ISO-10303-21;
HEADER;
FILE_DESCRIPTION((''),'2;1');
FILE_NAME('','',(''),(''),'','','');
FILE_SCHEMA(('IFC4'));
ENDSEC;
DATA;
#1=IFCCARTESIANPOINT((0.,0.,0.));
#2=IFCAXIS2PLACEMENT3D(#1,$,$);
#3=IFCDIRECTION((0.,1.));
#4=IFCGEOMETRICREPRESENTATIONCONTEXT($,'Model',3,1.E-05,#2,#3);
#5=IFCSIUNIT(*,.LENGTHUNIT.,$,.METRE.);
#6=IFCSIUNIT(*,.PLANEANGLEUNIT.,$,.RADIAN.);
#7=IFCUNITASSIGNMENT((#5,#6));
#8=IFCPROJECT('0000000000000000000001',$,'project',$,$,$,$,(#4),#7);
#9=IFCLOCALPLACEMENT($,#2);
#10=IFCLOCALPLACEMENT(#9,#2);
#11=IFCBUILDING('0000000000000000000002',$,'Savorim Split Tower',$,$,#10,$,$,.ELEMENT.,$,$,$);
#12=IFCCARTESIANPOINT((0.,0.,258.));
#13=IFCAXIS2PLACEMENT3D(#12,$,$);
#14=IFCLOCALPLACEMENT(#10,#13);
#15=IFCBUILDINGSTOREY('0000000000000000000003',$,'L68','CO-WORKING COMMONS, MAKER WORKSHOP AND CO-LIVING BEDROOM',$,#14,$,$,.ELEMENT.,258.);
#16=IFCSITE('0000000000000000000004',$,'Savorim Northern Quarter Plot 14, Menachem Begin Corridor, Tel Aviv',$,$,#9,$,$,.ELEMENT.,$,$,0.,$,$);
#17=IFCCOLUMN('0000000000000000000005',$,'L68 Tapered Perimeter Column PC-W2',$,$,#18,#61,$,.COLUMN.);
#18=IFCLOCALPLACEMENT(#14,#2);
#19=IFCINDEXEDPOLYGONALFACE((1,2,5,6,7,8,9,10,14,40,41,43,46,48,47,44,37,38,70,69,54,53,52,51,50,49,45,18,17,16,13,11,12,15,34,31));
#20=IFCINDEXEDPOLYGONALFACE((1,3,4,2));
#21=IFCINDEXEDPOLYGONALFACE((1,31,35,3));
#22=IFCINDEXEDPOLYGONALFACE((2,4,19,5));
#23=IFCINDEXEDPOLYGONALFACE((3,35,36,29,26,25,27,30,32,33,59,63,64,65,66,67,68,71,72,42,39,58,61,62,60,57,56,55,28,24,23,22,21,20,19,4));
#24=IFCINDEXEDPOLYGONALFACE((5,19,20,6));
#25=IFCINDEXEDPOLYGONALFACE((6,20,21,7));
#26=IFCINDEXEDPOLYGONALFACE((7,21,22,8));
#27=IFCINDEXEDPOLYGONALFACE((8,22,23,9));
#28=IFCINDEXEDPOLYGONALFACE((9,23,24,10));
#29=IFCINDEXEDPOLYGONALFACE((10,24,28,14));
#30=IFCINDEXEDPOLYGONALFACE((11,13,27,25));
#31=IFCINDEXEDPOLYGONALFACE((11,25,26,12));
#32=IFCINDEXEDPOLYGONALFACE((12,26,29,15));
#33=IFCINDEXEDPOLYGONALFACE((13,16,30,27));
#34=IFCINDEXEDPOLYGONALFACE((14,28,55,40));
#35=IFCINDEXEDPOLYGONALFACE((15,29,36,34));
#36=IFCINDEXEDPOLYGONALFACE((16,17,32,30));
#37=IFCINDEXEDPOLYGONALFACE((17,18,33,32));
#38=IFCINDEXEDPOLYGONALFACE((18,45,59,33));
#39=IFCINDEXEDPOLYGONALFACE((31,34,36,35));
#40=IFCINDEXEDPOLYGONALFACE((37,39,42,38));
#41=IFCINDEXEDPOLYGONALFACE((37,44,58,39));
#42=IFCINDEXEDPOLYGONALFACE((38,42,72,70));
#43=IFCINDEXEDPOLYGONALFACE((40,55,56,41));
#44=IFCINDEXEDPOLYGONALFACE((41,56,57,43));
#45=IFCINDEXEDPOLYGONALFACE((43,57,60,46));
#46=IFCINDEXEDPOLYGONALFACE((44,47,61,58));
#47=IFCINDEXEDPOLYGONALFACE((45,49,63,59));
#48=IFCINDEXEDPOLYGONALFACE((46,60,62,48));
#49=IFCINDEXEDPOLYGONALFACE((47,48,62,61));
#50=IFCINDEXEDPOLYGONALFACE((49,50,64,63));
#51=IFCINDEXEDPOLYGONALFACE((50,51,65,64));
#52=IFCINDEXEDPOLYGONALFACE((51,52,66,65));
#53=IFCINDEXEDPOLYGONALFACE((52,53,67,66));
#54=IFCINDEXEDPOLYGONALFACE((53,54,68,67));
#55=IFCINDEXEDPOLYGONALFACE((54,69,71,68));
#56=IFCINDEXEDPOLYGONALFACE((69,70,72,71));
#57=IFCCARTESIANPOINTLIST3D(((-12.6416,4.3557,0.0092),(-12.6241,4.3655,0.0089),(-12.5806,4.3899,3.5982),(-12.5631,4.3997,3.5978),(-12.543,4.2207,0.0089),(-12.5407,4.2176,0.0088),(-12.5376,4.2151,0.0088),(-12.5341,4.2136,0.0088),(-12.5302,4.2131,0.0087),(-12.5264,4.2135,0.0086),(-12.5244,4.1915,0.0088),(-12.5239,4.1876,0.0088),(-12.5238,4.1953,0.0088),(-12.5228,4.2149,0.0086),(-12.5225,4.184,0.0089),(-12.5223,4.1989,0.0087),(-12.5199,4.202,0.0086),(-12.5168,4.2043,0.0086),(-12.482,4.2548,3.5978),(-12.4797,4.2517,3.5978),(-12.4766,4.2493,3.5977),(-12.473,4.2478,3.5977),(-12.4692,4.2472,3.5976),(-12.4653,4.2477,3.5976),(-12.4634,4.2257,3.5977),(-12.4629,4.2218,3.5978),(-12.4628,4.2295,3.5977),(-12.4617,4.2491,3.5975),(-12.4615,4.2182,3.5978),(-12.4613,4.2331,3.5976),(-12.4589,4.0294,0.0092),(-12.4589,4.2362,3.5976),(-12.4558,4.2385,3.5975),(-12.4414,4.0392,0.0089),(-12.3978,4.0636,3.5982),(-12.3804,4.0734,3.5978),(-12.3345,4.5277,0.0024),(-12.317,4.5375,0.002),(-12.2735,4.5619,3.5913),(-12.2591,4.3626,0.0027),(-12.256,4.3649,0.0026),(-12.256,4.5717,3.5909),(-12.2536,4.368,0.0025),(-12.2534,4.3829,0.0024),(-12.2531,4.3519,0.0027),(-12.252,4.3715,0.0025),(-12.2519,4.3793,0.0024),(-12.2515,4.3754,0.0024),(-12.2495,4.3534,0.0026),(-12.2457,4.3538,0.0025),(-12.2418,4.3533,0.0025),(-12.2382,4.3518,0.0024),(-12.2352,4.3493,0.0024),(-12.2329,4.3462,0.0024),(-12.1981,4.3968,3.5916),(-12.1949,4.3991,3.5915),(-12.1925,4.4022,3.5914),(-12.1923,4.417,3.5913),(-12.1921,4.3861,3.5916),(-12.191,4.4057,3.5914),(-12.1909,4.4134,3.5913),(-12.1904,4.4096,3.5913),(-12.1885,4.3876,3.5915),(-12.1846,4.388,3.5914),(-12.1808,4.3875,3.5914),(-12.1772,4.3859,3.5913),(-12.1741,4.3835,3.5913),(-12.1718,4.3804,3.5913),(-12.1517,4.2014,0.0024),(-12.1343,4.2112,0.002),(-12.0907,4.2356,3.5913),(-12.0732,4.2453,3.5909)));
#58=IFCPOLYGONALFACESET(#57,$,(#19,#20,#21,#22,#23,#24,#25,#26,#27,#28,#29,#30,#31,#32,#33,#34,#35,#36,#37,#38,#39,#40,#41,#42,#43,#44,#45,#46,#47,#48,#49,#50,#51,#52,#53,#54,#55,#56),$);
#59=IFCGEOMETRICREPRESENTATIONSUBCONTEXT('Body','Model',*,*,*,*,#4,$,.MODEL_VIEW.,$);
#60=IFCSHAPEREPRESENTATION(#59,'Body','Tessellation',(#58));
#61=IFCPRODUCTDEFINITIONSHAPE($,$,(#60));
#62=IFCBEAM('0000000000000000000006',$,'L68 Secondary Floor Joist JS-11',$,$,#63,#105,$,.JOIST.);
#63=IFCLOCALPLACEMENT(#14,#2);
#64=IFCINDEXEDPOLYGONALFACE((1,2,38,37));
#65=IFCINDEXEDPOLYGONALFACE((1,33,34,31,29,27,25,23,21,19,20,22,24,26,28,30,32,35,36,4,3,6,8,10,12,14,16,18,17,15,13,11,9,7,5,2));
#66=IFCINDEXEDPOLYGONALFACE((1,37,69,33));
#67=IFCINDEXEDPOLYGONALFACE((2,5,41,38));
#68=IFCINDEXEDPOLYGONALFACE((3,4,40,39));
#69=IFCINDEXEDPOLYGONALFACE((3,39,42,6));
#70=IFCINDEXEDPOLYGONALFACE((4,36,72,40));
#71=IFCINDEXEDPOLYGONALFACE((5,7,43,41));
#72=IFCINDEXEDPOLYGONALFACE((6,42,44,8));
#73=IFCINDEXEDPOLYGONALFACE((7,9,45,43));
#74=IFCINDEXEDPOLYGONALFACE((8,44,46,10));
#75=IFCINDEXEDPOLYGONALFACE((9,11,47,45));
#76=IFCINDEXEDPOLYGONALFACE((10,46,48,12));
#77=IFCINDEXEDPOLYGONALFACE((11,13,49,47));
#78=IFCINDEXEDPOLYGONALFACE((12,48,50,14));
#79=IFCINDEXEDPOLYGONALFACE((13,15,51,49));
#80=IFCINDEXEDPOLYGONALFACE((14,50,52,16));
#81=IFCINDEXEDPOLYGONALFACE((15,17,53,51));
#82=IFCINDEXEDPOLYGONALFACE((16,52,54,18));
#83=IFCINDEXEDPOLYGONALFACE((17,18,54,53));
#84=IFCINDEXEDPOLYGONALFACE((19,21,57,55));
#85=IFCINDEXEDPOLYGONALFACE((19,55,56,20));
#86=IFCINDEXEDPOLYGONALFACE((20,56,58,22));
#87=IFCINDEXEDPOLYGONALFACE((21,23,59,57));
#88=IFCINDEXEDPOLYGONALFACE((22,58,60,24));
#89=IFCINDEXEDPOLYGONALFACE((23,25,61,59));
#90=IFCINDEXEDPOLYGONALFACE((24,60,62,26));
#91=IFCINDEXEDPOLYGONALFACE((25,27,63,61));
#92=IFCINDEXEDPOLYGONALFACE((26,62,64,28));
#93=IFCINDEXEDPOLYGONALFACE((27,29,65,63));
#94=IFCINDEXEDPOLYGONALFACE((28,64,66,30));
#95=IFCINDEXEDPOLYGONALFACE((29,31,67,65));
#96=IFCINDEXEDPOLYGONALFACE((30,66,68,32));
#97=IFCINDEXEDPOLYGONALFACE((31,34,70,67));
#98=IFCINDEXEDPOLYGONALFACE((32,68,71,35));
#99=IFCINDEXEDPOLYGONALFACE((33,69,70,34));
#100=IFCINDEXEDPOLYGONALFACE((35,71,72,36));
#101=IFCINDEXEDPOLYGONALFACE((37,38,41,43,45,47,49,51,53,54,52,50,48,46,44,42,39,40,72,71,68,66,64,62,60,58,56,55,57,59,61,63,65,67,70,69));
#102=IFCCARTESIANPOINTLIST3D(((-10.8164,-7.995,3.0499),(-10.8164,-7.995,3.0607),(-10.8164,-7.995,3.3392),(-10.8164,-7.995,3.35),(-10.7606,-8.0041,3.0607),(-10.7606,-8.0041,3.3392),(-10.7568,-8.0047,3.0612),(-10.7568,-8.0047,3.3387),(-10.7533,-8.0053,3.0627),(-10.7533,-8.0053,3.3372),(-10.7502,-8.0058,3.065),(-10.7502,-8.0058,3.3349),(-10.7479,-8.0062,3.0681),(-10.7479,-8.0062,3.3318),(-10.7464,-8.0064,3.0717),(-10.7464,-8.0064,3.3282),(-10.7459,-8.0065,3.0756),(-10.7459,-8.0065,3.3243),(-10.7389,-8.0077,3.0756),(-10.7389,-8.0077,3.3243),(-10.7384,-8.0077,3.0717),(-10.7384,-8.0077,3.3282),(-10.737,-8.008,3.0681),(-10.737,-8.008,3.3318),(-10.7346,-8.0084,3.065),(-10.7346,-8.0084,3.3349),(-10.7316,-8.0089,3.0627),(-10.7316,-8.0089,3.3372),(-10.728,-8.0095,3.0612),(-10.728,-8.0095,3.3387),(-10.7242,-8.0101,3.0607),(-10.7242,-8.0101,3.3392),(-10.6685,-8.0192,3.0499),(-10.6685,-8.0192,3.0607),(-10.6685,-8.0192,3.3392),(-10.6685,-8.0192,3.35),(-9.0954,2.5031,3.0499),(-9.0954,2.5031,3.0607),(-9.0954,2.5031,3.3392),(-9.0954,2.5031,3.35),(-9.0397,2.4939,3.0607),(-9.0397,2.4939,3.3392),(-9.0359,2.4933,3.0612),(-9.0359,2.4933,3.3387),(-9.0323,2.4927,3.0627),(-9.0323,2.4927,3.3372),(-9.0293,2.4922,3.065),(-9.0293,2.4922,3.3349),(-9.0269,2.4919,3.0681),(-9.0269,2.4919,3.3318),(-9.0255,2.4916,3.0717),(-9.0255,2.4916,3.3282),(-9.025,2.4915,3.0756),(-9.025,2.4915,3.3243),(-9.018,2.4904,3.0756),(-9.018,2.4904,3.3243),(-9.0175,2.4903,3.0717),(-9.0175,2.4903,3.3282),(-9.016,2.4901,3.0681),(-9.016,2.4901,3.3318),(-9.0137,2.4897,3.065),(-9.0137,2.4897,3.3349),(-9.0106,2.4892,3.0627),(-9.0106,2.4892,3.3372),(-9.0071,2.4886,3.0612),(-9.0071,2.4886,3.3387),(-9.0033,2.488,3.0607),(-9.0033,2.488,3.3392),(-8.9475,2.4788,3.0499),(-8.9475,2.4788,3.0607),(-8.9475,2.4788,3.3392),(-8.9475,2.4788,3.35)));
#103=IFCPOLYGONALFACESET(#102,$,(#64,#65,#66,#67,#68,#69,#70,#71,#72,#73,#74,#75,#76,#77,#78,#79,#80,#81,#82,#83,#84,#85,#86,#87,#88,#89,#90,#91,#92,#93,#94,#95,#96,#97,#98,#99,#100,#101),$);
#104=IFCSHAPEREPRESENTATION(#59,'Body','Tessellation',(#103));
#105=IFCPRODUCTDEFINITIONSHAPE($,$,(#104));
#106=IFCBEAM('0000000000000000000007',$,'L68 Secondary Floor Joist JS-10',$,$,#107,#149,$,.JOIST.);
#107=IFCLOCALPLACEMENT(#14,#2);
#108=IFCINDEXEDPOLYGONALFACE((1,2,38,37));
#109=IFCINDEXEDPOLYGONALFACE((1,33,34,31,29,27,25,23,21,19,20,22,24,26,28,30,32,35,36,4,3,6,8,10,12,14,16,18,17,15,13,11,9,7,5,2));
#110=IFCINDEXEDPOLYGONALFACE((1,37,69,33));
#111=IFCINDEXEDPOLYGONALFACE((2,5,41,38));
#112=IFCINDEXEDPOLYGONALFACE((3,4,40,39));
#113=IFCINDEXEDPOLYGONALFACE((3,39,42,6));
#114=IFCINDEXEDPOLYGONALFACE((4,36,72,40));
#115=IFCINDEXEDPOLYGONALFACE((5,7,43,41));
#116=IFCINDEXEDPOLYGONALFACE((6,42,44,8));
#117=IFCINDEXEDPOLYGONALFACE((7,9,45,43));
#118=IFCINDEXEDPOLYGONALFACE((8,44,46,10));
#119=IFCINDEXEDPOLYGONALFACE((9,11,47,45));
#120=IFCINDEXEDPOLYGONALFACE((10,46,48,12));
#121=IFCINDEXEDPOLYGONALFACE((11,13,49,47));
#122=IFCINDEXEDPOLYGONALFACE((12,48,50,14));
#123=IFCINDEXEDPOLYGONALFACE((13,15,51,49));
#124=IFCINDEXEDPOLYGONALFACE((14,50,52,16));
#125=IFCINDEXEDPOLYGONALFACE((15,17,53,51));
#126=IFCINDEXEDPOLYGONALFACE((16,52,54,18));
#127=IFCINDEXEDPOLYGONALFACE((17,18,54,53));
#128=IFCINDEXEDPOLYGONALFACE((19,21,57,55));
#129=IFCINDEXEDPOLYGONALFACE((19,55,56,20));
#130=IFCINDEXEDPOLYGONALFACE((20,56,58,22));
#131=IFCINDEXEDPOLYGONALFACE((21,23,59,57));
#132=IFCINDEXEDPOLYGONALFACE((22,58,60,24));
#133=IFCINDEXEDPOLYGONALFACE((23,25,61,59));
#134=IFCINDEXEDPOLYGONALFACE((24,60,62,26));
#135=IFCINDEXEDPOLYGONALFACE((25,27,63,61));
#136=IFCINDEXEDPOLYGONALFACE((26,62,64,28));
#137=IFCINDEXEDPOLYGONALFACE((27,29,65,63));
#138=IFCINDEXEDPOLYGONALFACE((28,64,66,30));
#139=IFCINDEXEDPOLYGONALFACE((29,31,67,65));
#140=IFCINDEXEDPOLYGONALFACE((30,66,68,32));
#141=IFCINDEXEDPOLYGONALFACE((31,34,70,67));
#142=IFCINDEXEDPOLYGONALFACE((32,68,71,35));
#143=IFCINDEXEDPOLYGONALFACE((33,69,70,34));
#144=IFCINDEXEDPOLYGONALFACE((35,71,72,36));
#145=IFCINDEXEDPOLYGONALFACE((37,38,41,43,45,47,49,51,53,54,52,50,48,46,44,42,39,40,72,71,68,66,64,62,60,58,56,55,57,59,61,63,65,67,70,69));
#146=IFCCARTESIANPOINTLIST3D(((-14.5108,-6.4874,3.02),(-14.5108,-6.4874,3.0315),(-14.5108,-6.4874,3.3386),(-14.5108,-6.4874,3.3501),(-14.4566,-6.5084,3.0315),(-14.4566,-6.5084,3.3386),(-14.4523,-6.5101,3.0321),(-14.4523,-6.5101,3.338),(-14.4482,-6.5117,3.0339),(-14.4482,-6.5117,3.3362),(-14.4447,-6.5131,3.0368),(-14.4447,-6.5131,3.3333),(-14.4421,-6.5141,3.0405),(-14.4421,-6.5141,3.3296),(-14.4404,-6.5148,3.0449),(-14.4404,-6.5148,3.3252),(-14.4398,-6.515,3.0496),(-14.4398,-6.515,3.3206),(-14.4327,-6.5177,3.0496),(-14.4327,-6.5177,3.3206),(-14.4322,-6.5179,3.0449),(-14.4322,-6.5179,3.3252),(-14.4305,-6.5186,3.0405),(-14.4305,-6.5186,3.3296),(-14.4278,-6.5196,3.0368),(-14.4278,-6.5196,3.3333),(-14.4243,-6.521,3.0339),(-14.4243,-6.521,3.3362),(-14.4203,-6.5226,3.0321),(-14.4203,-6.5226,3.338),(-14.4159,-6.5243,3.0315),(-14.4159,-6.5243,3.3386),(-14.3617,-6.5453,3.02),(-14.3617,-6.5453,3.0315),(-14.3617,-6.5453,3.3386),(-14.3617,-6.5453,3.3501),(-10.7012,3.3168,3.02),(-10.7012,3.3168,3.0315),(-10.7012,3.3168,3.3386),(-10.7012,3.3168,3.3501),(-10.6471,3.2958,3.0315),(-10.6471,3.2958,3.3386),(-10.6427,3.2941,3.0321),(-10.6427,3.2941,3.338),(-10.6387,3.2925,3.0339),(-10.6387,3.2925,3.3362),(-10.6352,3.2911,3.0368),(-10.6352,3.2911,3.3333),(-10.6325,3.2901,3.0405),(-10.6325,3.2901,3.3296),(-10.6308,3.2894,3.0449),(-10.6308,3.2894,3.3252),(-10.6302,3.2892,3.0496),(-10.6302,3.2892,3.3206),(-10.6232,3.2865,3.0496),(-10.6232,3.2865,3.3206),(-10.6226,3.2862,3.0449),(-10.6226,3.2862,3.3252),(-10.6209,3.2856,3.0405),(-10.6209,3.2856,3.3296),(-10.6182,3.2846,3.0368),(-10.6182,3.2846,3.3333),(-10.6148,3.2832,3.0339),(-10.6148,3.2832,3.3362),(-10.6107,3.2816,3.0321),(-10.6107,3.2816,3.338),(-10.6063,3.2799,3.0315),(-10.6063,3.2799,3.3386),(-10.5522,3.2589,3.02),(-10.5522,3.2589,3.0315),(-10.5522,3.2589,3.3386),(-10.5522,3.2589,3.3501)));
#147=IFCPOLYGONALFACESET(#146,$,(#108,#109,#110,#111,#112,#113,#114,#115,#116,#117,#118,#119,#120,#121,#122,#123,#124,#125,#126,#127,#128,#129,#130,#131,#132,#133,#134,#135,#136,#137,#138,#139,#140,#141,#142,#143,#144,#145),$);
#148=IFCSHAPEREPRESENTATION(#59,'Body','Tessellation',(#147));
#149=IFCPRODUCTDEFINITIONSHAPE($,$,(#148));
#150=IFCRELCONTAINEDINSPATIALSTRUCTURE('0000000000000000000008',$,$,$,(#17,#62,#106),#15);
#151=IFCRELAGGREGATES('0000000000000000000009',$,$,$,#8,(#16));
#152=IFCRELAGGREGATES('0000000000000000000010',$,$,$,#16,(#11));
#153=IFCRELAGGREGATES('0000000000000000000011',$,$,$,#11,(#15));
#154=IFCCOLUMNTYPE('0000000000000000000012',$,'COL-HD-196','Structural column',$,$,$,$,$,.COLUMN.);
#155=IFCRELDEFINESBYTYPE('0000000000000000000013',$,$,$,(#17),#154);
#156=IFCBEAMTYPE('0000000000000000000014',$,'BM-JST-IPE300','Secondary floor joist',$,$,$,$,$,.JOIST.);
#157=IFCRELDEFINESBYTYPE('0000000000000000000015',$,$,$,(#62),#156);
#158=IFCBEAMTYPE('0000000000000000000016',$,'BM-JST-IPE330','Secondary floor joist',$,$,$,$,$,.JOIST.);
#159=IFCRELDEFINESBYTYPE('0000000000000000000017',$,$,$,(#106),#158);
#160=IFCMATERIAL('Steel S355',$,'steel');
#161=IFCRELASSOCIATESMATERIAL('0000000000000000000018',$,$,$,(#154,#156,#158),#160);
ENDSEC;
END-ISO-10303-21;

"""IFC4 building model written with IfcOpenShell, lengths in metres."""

from ifc_helpers import new_model, si_unit, direction, frame, origin, origin_2d, place, context, subcontext, project, spatial, i_section, extrude, material, material_profile, profile_set, type_object, element, save


model = new_model("IFC4")

# Units and contexts
model_context = context("Model", 3, precision=1e-05, world=origin(), true_north=direction((0.0, 1.0)))
body_context = subcontext(model_context, "Body", "Model", "MODEL_VIEW")
ifc_project = project(units=[si_unit("LENGTHUNIT", "METRE"), si_unit("PLANEANGLEUNIT", "RADIAN")], contexts=[model_context])

# Site, building, storey
site_placement = place(None, origin())
site = spatial("IfcSite", under=ifc_project, at=site_placement, Name="Savorim Northern Quarter Plot 14, Menachem Begin Corridor, Tel Aviv", CompositionType="ELEMENT", RefElevation=0.0)
building_placement = place(site_placement, origin())
building = spatial("IfcBuilding", under=site, at=building_placement, Name="Savorim Split Tower", CompositionType="ELEMENT")
storey_placement = place(building_placement, frame((0.0, 0.0, 258.0)))
storey = spatial("IfcBuildingStorey", under=building, at=storey_placement, Name="L68", Description="CO-WORKING COMMONS, MAKER WORKSHOP AND CO-LIVING BEDROOM", CompositionType="ELEMENT", Elevation=258.0)

# Column
ifc_material_1 = material(Name="Steel S355", Category="steel")
ifc_material_profile_1 = material_profile(ifc_material_1, i_section(OverallWidth=0.374, OverallDepth=0.3721, WebThickness=0.0122, FlangeThickness=0.02, FilletRadius=0.0149, at=origin_2d()), Name="HD 360x196")
ifc_profile_set_1 = profile_set([ifc_material_profile_1], Name="Steel S355")
column_type = type_object("IfcColumnType", Name="COL-HD-196", Description="Structural column", PredefinedType="COLUMN", material=ifc_profile_set_1)
column_placement = place(storey_placement, frame((-12.3879, 4.2834, 0.0056), z_axis=(0.017004, 0.009522, 0.99981), x_axis=(-0.488603, 0.872506, 0.0)))
element("IfcColumn", 1, at=column_placement, inside=storey, type_object=column_type, Name="L68 Tapered Perimeter Column PC-W2", PredefinedType="COLUMN", context=body_context, shape_type="SweptSolid", body=[
    extrude(i_section(OverallWidth=0.374, OverallDepth=0.3721, WebThickness=0.0122, FlangeThickness=0.02, FilletRadius=0.0149, at=origin_2d()), origin(), (0.0, 0.0, 1.0), 3.5896),
])

# Beams
ifc_material_profile_2 = material_profile(ifc_material_1, i_section(OverallWidth=0.1499, OverallDepth=0.3, WebThickness=0.0071, FlangeThickness=0.0107, FilletRadius=0.0149, at=origin_2d()), Name="IPE 300")
ifc_profile_set_2 = profile_set([ifc_material_profile_2], Name="Steel S355")
beam_type_1 = type_object("IfcBeamType", Name="BM-JST-IPE300", Description="Secondary floor joist", PredefinedType="JOIST", material=ifc_profile_set_2)
beam_1_placement = place(storey_placement, frame((-9.0215, 2.491, 3.2), z_axis=(-0.161771, -0.986828, 0.0), x_axis=(0.986828, -0.161771, 0.0)))
element("IfcBeam", 2, at=beam_1_placement, inside=storey, type_object=beam_type_1, Name="L68 Secondary Floor Joist JS-11", PredefinedType="JOIST", context=body_context, shape_type="SweptSolid", body=[
    extrude(i_section(OverallWidth=0.1499, OverallDepth=0.3, WebThickness=0.0071, FlangeThickness=0.0107, FilletRadius=0.0149, at=origin_2d()), origin(), (0.0, 0.0, 1.0), 10.6382),
])
ifc_material_profile_3 = material_profile(ifc_material_1, i_section(OverallWidth=0.1599, OverallDepth=0.3301, WebThickness=0.0076, FlangeThickness=0.0115, FilletRadius=0.0181, at=origin_2d()), Name="IPE 330")
ifc_profile_set_3 = profile_set([ifc_material_profile_3], Name="Steel S355")
beam_type_2 = type_object("IfcBeamType", Name="BM-JST-IPE330", Description="Secondary floor joist", PredefinedType="JOIST", material=ifc_profile_set_3)
beam_2_placement = place(storey_placement, frame((-10.6267, 3.2878, 3.1851), z_axis=(-0.362184, -0.932107, 0.0), x_axis=(0.932107, -0.362184, 0.0)))
element("IfcBeam", 3, at=beam_2_placement, inside=storey, type_object=beam_type_2, Name="L68 Secondary Floor Joist JS-10", PredefinedType="JOIST", context=body_context, shape_type="SweptSolid", body=[
    extrude(i_section(OverallWidth=0.1599, OverallDepth=0.3301, WebThickness=0.0076, FlangeThickness=0.0115, FilletRadius=0.0181, at=origin_2d()), origin(), (0.0, 0.0, 1.0), 10.5183),
])

save(model, "model.ifc")
